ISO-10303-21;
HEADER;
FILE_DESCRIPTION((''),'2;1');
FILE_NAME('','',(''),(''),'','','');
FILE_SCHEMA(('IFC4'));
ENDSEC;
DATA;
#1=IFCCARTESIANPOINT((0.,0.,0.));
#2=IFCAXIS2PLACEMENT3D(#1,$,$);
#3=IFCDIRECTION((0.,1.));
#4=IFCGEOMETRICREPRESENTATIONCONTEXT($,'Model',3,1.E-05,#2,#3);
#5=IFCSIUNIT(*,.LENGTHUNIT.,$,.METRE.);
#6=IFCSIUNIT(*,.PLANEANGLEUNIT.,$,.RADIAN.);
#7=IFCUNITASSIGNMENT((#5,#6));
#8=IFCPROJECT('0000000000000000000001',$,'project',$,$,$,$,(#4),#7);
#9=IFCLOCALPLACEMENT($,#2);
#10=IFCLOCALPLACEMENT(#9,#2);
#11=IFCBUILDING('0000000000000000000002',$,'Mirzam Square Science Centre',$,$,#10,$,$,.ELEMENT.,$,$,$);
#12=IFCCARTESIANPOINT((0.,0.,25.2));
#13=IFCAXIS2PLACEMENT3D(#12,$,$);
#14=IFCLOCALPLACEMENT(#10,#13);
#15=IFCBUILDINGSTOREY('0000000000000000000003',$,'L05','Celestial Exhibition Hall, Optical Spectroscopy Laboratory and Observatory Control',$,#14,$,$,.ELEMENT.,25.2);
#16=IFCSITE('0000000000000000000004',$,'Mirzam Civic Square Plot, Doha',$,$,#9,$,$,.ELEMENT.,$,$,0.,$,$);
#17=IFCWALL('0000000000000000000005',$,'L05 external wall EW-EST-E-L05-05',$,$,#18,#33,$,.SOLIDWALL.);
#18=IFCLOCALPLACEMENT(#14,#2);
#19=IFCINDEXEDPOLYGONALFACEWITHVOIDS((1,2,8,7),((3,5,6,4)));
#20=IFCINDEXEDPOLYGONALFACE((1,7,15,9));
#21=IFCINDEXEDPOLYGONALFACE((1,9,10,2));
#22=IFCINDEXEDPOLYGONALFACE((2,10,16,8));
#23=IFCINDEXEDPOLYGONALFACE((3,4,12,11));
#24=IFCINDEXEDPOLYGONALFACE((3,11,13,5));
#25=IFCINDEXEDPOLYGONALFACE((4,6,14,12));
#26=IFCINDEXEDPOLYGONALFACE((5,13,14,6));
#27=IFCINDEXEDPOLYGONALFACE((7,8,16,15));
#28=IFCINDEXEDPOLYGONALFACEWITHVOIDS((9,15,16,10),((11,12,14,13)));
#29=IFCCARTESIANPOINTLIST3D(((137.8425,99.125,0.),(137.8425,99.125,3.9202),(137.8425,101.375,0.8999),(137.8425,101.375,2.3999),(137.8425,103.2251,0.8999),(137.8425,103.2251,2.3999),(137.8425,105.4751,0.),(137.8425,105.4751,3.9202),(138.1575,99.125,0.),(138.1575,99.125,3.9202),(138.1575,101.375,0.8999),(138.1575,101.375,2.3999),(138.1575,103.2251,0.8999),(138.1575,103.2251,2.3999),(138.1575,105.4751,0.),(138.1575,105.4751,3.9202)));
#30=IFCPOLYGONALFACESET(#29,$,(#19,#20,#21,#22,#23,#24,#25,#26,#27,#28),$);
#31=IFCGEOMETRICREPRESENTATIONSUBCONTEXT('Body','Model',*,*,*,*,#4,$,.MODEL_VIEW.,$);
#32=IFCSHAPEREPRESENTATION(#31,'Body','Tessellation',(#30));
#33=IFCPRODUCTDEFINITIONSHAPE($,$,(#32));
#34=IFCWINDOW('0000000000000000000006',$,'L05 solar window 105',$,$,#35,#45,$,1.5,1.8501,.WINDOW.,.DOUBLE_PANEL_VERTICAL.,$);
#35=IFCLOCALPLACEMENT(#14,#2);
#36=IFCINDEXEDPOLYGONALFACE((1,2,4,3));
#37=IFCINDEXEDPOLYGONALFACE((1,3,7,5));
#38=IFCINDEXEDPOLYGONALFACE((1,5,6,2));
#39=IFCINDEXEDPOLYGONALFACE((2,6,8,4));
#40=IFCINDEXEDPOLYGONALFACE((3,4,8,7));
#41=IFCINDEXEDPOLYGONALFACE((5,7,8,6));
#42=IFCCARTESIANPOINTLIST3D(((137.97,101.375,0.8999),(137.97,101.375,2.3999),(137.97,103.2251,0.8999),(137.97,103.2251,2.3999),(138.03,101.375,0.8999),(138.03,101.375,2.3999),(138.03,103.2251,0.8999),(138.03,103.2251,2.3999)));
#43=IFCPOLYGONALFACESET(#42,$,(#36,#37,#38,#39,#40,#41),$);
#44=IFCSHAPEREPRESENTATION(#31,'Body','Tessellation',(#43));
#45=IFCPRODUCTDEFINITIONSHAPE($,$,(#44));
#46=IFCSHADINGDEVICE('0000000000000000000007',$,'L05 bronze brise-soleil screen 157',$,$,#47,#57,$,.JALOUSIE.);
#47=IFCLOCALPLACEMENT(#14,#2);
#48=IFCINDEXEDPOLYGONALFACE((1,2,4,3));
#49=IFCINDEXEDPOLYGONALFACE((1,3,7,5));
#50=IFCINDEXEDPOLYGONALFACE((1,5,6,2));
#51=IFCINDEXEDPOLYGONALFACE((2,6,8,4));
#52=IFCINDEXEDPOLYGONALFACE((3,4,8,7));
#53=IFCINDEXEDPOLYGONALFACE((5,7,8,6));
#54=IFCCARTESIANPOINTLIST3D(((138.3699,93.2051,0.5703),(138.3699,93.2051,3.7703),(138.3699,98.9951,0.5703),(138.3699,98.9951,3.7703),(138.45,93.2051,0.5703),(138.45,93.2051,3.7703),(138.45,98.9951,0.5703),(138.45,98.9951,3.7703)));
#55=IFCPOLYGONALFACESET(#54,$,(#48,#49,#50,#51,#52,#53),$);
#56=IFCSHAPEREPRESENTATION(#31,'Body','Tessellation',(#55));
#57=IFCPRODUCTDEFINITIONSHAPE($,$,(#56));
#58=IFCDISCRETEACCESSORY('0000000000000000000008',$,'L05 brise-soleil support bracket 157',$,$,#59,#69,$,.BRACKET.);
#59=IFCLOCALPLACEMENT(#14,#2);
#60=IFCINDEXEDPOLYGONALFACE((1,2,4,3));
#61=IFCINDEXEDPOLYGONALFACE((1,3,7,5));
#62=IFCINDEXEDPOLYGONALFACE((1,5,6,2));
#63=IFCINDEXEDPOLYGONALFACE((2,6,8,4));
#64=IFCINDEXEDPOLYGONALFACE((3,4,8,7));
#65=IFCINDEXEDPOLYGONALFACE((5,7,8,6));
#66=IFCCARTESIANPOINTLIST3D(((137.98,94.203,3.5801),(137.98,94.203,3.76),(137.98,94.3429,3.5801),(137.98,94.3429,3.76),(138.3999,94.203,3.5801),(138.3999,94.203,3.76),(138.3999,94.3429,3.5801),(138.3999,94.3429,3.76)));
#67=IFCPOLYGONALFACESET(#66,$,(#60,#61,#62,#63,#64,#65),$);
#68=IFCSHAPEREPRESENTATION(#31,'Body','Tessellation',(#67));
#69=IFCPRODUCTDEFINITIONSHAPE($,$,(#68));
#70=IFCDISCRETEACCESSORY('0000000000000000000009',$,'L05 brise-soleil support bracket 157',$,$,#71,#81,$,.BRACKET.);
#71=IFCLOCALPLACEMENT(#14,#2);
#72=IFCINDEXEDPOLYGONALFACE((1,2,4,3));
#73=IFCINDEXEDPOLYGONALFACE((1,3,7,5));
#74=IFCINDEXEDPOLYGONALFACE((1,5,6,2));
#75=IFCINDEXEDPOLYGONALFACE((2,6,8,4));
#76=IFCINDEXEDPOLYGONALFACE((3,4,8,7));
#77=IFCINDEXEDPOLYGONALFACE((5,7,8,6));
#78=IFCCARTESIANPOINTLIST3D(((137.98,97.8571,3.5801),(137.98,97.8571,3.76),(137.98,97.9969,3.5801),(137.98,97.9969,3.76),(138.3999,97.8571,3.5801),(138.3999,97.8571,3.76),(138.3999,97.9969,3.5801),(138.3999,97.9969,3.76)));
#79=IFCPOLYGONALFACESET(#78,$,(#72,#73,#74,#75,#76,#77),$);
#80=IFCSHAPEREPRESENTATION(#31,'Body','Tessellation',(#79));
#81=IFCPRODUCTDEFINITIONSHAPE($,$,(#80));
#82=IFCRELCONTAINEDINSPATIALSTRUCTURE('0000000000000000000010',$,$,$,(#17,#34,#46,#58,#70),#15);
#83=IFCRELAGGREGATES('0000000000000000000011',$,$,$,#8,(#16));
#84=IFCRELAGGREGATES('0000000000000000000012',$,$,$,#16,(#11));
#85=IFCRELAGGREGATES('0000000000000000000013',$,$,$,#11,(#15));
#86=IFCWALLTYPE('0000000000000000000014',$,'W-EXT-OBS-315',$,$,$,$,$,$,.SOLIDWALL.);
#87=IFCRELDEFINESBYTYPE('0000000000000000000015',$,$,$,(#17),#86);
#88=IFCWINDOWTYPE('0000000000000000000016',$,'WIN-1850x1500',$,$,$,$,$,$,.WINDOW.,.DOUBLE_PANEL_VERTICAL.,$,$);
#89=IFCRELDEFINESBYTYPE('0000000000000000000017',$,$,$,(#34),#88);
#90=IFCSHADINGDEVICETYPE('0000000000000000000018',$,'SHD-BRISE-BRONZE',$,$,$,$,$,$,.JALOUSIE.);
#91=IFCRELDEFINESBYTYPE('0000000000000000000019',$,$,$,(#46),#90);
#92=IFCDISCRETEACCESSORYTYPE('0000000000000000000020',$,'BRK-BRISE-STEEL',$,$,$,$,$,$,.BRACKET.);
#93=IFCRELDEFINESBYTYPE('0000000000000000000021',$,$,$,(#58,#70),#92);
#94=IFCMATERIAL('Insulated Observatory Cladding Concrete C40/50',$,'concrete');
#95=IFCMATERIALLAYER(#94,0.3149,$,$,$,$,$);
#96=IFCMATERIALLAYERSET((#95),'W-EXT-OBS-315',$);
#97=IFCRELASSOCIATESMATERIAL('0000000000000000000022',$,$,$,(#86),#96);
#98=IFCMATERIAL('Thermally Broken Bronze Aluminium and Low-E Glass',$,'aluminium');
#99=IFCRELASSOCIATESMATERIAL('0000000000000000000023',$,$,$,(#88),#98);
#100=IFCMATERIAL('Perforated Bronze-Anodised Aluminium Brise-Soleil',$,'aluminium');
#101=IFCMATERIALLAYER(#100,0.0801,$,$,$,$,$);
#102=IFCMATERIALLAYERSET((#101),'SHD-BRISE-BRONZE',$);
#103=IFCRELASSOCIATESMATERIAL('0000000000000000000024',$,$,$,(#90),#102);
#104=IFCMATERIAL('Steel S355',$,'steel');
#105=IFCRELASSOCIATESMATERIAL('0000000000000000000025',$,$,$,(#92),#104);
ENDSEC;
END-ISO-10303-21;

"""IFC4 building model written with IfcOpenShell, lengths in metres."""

from ifc_helpers import new_model, si_unit, direction, frame, frame_2d, origin, origin_2d, place, context, subcontext, project, spatial, rectangle, extrude, material, layer, layer_set, type_object, element, fill, save


model = new_model("IFC4")

# Units and contexts
model_context = context("Model", 3, precision=1e-05, world=origin(), true_north=direction((0.0, 1.0)))
body_context = subcontext(model_context, "Body", "Model", "MODEL_VIEW")
ifc_project = project(units=[si_unit("LENGTHUNIT", "METRE"), si_unit("PLANEANGLEUNIT", "RADIAN")], contexts=[model_context])

# Site, building, storey
site_placement = place(None, origin())
site = spatial("IfcSite", under=ifc_project, at=site_placement, Name="Mirzam Civic Square Plot, Doha", CompositionType="ELEMENT", RefElevation=0.0)
building_placement = place(site_placement, origin())
building = spatial("IfcBuilding", under=site, at=building_placement, Name="Mirzam Square Science Centre", CompositionType="ELEMENT")
storey_placement = place(building_placement, frame((0.0, 0.0, 25.2)))
storey = spatial("IfcBuildingStorey", under=building, at=storey_placement, Name="L05", Description="Celestial Exhibition Hall, Optical Spectroscopy Laboratory and Observatory Control", CompositionType="ELEMENT", Elevation=25.2)

# Shared definitions
ifc_material_1 = material(Name="Steel S355", Category="steel")

# Wall, opening, window
ifc_material_2 = material(Name="Insulated Observatory Cladding Concrete C40/50", Category="concrete")
ifc_layer_1 = layer(ifc_material_2, 0.3149)
ifc_layer_set_1 = layer_set([ifc_layer_1], Name="W-EXT-OBS-315")
wall_type = type_object("IfcWallType", Name="W-EXT-OBS-315", PredefinedType="SOLIDWALL", material=ifc_layer_set_1)
wall_placement = place(storey_placement, frame((138.0, 99.125, 0.0), z_axis=(0.0, 0.0, 1.0), x_axis=(0.0, 1.0, 0.0)))
wall = element("IfcWall", 1, at=wall_placement, inside=storey, type_object=wall_type, Name="L05 external wall EW-EST-E-L05-05", PredefinedType="SOLIDWALL", context=body_context, shape_type="SweptSolid", body=[
    extrude(rectangle(XDim=6.3501, YDim=0.3149, at=frame_2d((3.175, 0.0))), origin(), (0.0, 0.0, 1.0), 3.9202),
])
opening_placement = place(wall_placement, frame((2.25, 0.0, 0.8999)))
opening = element("IfcOpeningElement", 2, at=opening_placement, cuts=wall, PredefinedType="OPENING", context=body_context, shape_type="SweptSolid", body=[
    extrude(rectangle(XDim=1.8501, YDim=1.5, at=frame_2d((0.925, 0.75))), frame((0.0, 0.1675, 0.0), z_axis=(0.0, -1.0, 0.0), x_axis=(1.0, 0.0, 0.0)), (0.0, 0.0, 1.0), 0.335),
])
ifc_material_3 = material(Name="Thermally Broken Bronze Aluminium and Low-E Glass", Category="aluminium")
window_type = type_object("IfcWindowType", Name="WIN-1850x1500", PartitioningType="DOUBLE_PANEL_VERTICAL", PredefinedType="WINDOW", material=ifc_material_3)
window_placement = place(opening_placement, origin())
window = element("IfcWindow", 3, at=window_placement, inside=storey, type_object=window_type, Name="L05 solar window 105", OverallHeight=1.5, OverallWidth=1.8501, PartitioningType="DOUBLE_PANEL_VERTICAL", PredefinedType="WINDOW", context=body_context, shape_type="SweptSolid", body=[
    extrude(rectangle(XDim=1.8501, YDim=1.5, at=frame_2d((0.925, 0.75))), frame((0.0, 0.03, 0.0), z_axis=(0.0, -1.0, 0.0), x_axis=(1.0, 0.0, 0.0)), (0.0, 0.0, 1.0), 0.0601),
])
fill(opening, window)

# Shading device
ifc_material_4 = material(Name="Perforated Bronze-Anodised Aluminium Brise-Soleil", Category="aluminium")
ifc_layer_2 = layer(ifc_material_4, 0.0801)
ifc_layer_set_2 = layer_set([ifc_layer_2], Name="SHD-BRISE-BRONZE")
shading_device_type = type_object("IfcShadingDeviceType", Name="SHD-BRISE-BRONZE", PredefinedType="JALOUSIE", material=ifc_layer_set_2)
shading_device_placement = place(storey_placement, frame((138.4099, 96.1001, 0.5703), z_axis=(0.0, 0.0, 1.0), x_axis=(0.0, 1.0, 0.0)))
element("IfcShadingDevice", 4, at=shading_device_placement, inside=storey, type_object=shading_device_type, Name="L05 bronze brise-soleil screen 157", PredefinedType="JALOUSIE", context=body_context, shape_type="SweptSolid", body=[
    extrude(rectangle(XDim=5.79, YDim=0.0801, at=origin_2d()), origin(), (0.0, 0.0, 1.0), 3.2),
])

# Discrete accessories
discrete_accessory_type = type_object("IfcDiscreteAccessoryType", Name="BRK-BRISE-STEEL", PredefinedType="BRACKET", material=ifc_material_1)
for number, where, z_axis, x_axis, name in (
    (5, (138.1899, 94.2729, 3.5801), (0.0, 0.0, 1.0), (0.0, 1.0, 0.0), "L05 brise-soleil support bracket 157"),
    (6, (138.1899, 97.927, 3.5801), (0.0, 0.0, 1.0), (0.0, 1.0, 0.0), "L05 brise-soleil support bracket 157"),
):
    element("IfcDiscreteAccessory", number, at=place(storey_placement, frame(where, z_axis=z_axis, x_axis=x_axis)), inside=storey, type_object=discrete_accessory_type, Name=name, PredefinedType="BRACKET", context=body_context, shape_type="SweptSolid", body=[
        extrude(rectangle(XDim=0.1399, YDim=0.4199, at=origin_2d()), origin(), (0.0, 0.0, 1.0), 0.1799),
    ])

save(model, "model.ifc")
